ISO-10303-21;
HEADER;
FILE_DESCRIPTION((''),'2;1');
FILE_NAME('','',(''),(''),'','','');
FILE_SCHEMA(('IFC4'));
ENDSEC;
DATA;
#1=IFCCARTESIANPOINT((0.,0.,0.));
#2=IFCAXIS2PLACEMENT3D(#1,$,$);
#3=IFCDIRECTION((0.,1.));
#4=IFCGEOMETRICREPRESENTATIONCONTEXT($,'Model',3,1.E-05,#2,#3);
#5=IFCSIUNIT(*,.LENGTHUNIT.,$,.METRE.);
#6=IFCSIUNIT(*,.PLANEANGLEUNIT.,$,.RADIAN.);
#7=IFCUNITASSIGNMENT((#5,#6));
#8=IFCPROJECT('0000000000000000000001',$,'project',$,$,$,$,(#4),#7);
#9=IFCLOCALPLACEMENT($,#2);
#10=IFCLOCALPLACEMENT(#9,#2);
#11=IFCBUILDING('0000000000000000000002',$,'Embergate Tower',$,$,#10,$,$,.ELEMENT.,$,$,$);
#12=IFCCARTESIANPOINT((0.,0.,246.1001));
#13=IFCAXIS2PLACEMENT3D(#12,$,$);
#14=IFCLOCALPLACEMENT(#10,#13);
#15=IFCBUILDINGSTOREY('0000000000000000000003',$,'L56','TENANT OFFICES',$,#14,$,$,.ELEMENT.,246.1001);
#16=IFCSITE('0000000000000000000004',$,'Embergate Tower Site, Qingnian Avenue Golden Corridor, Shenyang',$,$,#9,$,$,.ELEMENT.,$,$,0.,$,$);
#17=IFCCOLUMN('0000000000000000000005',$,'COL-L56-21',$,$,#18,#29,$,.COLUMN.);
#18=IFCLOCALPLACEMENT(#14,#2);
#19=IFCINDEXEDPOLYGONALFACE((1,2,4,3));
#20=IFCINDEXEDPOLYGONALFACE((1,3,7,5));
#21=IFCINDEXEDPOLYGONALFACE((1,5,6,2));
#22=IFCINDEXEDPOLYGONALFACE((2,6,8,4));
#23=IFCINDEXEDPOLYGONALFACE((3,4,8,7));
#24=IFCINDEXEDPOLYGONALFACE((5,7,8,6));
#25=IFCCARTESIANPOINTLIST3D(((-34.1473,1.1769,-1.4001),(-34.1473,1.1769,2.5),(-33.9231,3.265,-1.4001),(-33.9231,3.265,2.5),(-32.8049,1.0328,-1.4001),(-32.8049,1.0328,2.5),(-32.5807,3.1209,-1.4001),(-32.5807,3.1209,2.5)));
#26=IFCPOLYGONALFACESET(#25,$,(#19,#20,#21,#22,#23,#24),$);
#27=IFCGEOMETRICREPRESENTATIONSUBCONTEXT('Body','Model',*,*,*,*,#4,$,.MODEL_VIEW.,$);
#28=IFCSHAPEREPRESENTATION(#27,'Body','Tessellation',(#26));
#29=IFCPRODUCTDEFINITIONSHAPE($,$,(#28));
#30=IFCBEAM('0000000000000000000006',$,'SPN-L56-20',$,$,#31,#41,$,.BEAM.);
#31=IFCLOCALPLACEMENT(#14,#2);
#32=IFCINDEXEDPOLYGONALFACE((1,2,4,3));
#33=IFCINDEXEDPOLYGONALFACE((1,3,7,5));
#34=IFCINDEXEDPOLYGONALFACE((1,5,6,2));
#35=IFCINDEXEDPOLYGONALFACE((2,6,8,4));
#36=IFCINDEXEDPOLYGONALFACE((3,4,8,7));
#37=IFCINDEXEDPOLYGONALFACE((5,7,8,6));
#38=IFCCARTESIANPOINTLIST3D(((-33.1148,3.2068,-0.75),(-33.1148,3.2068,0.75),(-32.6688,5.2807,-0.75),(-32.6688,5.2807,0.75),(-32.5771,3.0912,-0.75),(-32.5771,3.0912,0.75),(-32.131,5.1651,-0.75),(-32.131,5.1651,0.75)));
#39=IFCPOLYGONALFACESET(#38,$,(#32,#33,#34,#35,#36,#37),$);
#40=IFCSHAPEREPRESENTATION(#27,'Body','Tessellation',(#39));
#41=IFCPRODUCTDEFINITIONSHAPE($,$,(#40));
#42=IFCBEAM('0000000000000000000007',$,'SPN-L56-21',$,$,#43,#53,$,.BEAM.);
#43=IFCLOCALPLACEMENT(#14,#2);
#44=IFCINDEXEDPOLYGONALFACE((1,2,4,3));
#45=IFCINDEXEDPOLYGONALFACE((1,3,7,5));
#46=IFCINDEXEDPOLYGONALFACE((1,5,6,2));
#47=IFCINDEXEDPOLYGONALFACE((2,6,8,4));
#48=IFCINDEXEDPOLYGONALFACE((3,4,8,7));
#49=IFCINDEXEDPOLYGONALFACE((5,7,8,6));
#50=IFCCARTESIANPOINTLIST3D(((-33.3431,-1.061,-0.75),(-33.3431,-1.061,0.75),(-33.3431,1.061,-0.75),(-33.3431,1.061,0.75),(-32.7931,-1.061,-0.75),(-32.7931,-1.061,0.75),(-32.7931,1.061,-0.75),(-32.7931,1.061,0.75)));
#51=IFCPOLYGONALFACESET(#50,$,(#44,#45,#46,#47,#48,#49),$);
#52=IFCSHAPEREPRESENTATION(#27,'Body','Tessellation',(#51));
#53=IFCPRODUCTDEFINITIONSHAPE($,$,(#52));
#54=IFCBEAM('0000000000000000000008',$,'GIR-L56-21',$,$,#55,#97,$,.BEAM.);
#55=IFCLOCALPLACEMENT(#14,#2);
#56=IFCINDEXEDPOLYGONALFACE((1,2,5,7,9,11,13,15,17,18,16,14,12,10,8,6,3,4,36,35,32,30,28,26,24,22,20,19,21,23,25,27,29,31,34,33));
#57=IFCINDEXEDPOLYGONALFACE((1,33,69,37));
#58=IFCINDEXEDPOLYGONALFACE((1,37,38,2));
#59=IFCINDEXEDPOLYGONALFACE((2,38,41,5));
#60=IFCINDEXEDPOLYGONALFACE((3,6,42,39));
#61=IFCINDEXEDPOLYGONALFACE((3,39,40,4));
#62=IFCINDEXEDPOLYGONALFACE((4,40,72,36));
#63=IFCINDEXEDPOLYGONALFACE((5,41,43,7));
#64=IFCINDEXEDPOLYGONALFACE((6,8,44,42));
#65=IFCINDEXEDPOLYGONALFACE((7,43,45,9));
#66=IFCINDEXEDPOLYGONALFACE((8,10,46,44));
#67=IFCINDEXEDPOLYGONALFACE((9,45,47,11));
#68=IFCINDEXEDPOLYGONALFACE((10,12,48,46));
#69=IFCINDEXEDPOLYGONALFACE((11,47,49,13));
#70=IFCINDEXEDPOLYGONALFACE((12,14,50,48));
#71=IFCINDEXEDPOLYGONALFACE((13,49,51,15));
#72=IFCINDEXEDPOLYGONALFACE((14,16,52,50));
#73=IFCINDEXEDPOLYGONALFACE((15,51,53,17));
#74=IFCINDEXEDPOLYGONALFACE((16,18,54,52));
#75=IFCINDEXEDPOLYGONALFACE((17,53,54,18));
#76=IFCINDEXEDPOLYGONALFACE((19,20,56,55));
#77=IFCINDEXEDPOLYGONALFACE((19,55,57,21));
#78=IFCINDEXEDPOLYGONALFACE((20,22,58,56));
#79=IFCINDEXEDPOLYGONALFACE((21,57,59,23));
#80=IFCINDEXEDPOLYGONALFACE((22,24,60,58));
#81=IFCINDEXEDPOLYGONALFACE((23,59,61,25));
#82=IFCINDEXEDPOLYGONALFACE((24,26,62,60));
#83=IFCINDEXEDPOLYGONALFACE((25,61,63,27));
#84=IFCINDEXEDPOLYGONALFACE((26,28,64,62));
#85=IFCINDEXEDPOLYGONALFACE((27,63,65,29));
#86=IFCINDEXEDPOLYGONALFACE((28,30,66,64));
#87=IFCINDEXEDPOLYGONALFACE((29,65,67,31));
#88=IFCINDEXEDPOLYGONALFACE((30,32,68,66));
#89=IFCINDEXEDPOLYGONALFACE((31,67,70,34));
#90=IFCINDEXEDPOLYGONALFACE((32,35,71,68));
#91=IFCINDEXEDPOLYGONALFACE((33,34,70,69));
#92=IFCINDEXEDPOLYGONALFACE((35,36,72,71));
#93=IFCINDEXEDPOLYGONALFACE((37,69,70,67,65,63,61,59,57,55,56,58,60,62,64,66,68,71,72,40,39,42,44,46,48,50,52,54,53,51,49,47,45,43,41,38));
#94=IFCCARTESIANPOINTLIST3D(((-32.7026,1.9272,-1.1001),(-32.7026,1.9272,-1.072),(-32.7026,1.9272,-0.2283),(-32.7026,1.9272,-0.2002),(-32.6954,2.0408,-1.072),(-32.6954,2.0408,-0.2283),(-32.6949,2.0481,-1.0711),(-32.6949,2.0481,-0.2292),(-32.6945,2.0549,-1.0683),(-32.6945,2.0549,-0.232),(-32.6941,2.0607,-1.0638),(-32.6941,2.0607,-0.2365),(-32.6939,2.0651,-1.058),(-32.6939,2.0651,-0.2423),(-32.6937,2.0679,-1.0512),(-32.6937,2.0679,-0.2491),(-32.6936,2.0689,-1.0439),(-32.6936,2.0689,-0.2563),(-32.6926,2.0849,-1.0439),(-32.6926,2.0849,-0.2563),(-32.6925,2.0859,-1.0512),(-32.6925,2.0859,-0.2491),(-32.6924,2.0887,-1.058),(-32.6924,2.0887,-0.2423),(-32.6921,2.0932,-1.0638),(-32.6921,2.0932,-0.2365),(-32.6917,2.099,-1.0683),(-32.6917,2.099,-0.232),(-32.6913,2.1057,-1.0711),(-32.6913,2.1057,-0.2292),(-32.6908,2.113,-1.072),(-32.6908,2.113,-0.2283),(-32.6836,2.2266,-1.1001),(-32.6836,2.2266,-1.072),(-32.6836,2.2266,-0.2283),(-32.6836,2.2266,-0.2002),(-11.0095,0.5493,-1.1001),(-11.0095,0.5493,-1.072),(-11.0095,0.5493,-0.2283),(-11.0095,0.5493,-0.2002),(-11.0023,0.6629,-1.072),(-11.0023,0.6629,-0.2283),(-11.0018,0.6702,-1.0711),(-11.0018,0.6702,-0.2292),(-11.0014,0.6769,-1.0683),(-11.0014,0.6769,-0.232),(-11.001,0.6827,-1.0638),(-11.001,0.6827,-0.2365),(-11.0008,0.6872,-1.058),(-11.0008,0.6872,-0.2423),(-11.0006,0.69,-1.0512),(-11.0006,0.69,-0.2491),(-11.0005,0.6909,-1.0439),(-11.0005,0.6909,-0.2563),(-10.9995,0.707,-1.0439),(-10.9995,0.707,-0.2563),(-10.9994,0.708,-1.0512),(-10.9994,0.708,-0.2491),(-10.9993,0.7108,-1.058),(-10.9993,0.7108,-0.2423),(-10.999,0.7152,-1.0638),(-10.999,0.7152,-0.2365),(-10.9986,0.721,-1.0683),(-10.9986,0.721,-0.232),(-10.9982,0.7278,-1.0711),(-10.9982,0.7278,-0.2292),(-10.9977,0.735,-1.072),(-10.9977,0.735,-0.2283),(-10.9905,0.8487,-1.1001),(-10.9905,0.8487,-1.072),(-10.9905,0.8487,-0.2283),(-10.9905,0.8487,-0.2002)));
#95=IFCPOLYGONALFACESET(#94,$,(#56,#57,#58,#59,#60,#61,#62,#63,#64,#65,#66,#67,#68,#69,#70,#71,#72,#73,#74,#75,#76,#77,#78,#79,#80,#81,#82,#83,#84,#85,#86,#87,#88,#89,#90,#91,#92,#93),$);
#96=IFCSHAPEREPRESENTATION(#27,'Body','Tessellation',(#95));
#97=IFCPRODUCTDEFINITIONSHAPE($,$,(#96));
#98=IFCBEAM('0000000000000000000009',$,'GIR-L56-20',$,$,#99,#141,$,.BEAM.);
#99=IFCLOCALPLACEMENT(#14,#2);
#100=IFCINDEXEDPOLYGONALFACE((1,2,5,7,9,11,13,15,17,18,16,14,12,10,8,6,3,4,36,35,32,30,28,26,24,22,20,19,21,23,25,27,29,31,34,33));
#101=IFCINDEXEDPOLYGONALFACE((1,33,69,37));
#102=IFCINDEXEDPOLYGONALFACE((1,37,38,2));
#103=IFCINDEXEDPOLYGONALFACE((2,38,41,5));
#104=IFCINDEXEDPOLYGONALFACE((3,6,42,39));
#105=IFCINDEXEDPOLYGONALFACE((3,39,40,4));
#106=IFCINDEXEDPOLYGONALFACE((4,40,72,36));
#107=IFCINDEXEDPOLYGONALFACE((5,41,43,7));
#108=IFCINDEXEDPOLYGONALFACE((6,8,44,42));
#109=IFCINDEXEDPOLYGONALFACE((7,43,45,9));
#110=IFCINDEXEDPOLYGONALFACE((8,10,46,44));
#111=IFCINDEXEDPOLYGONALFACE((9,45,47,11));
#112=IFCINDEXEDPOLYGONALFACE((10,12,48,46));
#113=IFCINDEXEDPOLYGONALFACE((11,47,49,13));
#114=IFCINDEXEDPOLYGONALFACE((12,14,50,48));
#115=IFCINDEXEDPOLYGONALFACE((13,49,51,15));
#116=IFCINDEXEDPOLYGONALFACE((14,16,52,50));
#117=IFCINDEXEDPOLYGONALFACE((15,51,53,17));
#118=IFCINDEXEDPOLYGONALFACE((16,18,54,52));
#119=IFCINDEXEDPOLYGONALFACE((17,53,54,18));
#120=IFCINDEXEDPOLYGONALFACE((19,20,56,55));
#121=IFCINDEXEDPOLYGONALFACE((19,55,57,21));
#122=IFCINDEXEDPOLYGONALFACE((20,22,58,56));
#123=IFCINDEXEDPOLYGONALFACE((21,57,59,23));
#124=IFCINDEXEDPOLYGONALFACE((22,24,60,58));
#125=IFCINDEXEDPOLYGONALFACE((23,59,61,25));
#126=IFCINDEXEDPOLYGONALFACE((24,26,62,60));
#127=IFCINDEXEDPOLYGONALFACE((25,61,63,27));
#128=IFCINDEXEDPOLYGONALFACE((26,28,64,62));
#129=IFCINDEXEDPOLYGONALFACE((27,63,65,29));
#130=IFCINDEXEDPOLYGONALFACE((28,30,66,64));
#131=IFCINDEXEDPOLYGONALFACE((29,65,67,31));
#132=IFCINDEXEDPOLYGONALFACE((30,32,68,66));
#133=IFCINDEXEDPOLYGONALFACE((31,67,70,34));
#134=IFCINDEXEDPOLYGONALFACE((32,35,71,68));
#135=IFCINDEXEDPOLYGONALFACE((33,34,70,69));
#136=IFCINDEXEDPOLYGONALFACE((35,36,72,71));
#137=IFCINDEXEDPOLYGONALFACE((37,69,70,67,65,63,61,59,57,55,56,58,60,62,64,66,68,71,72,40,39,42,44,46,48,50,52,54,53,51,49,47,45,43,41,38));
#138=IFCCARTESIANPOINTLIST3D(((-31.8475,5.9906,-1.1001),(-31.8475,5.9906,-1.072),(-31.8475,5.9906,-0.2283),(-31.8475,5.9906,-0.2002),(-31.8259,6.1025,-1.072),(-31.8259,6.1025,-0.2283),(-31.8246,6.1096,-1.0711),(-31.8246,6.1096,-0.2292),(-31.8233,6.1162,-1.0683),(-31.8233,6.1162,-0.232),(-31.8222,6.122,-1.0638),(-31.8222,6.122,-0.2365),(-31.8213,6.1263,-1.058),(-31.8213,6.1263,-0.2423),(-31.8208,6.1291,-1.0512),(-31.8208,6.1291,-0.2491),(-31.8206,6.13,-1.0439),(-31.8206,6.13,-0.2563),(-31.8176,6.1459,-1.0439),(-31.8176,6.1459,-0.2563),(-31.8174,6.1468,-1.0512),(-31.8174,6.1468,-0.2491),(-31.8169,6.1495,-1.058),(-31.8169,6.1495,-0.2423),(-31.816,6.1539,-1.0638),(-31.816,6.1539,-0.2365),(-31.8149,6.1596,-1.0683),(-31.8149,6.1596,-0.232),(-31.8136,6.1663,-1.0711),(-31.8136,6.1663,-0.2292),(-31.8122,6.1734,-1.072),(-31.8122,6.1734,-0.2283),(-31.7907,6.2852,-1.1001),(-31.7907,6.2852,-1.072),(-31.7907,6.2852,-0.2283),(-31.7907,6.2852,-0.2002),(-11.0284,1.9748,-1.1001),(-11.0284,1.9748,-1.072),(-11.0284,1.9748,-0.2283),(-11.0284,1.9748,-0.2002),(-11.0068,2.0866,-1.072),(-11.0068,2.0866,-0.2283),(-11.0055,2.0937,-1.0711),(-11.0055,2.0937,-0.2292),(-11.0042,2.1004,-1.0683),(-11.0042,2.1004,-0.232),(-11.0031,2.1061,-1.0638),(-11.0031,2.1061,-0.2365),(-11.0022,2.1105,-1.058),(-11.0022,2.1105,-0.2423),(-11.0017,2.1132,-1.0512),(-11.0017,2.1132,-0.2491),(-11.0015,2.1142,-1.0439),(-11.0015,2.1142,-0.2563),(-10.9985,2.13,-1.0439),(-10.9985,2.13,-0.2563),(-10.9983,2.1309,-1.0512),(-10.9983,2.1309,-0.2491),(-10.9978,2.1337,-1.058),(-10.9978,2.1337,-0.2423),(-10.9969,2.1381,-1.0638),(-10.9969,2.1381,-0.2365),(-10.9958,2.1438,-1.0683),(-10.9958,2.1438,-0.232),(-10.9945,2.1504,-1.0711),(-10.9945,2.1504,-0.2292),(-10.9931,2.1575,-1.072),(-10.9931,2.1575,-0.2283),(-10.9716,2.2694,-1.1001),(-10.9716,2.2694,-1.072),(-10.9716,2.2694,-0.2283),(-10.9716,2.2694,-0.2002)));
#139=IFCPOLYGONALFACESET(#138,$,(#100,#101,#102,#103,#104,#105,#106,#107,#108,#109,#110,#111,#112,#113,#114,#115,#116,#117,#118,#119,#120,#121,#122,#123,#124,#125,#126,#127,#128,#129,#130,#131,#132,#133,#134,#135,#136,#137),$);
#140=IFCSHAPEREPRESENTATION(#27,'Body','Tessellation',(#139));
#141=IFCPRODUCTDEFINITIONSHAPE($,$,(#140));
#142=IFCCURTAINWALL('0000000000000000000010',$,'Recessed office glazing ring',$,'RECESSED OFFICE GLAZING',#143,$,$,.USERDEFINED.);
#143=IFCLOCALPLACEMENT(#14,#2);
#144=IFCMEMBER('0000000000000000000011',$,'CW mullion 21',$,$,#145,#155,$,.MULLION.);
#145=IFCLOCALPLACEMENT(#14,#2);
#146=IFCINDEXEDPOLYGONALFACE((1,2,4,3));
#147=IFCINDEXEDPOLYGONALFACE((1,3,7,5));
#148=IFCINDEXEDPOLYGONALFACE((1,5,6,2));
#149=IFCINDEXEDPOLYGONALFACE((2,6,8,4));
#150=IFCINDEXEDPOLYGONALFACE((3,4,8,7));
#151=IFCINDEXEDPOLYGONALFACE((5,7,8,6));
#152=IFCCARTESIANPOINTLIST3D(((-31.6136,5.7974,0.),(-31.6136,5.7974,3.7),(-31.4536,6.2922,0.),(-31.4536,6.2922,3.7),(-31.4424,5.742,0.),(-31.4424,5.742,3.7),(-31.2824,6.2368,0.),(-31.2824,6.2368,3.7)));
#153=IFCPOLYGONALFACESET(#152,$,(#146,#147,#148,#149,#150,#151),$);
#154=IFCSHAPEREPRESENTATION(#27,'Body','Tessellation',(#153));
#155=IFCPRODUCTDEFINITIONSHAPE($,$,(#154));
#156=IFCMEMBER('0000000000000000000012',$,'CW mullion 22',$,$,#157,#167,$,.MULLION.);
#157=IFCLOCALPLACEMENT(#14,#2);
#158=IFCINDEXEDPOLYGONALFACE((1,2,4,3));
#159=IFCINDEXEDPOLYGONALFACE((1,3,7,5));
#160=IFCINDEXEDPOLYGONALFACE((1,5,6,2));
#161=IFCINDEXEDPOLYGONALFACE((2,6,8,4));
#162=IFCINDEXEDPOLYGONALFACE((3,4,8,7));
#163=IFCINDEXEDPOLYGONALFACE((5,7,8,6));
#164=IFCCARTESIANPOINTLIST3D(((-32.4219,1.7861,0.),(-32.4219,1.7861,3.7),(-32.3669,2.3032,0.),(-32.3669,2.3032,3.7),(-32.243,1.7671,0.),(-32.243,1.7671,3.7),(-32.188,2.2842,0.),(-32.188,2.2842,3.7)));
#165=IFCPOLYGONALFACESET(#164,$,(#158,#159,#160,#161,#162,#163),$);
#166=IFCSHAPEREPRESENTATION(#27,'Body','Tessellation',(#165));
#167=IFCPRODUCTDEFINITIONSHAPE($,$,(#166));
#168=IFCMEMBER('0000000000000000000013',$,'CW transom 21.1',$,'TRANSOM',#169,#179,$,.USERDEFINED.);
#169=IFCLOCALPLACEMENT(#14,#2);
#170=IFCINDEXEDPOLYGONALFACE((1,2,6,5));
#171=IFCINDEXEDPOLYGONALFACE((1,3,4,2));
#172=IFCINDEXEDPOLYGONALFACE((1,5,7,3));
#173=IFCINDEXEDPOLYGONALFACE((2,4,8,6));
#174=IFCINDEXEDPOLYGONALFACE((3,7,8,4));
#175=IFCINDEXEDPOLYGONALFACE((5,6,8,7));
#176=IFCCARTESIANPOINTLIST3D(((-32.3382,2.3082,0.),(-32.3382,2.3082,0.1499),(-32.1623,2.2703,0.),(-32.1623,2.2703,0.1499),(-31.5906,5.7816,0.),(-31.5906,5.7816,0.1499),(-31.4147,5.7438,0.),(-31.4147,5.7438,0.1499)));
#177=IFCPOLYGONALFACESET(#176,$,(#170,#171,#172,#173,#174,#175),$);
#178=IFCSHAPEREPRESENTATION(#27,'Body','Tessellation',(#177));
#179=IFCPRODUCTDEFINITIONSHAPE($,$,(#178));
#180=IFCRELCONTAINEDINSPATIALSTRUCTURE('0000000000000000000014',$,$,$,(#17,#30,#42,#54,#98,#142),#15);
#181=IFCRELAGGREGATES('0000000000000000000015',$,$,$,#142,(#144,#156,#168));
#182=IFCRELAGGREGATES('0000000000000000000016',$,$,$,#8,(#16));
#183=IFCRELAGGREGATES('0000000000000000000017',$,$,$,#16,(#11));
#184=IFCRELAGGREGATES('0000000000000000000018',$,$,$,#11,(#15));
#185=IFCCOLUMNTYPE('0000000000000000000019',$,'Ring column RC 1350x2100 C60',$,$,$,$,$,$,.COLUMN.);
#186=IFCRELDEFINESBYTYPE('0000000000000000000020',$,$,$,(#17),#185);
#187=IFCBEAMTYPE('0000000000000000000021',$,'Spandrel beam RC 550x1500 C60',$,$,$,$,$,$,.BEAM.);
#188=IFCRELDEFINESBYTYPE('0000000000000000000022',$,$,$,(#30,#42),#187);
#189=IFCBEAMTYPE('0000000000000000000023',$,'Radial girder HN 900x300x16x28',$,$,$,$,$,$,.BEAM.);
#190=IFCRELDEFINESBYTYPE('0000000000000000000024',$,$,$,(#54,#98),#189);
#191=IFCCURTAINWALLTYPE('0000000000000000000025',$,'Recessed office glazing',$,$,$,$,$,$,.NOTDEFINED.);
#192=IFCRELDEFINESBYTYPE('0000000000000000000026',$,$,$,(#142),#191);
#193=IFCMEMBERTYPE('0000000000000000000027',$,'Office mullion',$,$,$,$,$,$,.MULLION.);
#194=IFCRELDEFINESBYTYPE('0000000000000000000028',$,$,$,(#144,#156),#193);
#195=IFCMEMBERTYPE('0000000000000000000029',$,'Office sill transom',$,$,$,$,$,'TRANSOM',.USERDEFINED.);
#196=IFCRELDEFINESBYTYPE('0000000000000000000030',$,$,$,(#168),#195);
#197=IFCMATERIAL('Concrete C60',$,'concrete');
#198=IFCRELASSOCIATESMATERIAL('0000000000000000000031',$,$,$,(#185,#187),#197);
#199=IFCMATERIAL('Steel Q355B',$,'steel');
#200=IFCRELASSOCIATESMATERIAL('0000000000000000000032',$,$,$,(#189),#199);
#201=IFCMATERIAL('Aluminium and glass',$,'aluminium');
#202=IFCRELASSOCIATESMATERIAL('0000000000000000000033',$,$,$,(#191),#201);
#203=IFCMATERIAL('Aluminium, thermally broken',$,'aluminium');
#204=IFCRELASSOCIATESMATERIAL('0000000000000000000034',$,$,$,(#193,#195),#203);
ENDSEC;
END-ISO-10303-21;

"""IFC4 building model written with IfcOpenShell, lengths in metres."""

from ifc_helpers import new_model, si_unit, direction, frame, origin, origin_2d, place, context, subcontext, project, spatial, rectangle, i_section, extrude, source, transform, mapped, material, material_profile, profile_set, type_object, element, aggregate, save


model = new_model("IFC4")

# Units and contexts
model_context = context("Model", 3, precision=1e-05, world=origin(), true_north=direction((0.0, 1.0)))
body_context = subcontext(model_context, "Body", "Model", "MODEL_VIEW")
ifc_project = project(units=[si_unit("LENGTHUNIT", "METRE"), si_unit("PLANEANGLEUNIT", "RADIAN")], contexts=[model_context])

# Site, building, storey
site_placement = place(None, origin())
site = spatial("IfcSite", under=ifc_project, at=site_placement, Name="Embergate Tower Site, Qingnian Avenue Golden Corridor, Shenyang", CompositionType="ELEMENT", RefElevation=0.0)
building_placement = place(site_placement, origin())
building = spatial("IfcBuilding", under=site, at=building_placement, Name="Embergate Tower", CompositionType="ELEMENT")
storey_placement = place(building_placement, frame((0.0, 0.0, 246.1001)))
storey = spatial("IfcBuildingStorey", under=building, at=storey_placement, Name="L56", Description="TENANT OFFICES", CompositionType="ELEMENT", Elevation=246.1001)

# Column
ifc_material_1 = material(Name="Concrete C60", Category="concrete")
ifc_material_profile_1 = material_profile(ifc_material_1, rectangle(XDim=1.3501, YDim=2.1001, at=origin_2d()), Name="RC 1350x2100")
ifc_profile_set_1 = profile_set([ifc_material_profile_1], Name="Concrete C60")
column_type = type_object("IfcColumnType", Name="Ring column RC 1350x2100 C60", PredefinedType="COLUMN", material=ifc_profile_set_1)
shared_shape_1 = source(origin(), body_context, "Body", "SweptSolid", [
    extrude(rectangle(XDim=1.3501, YDim=2.1001, at=origin_2d()), origin(), (0.0, 0.0, 1.0), 3.9001),
])
column_placement = place(storey_placement, frame((-33.364, 2.1489, -1.4001), z_axis=(0.0, 0.0, 1.0), x_axis=(-0.994286, 0.10675, 0.0)))
element("IfcColumn", 1, at=column_placement, inside=storey, type_object=column_type, Name="COL-L56-21", PredefinedType="COLUMN", context=body_context, shape_type="MappedRepresentation", body=[
    mapped(shared_shape_1, transform((0.0, 0.0, 0.0))),
])

# Beams
ifc_material_profile_2 = material_profile(ifc_material_1, rectangle(XDim=0.55, YDim=1.5, at=origin_2d()), Name="RC 550x1500")
ifc_profile_set_2 = profile_set([ifc_material_profile_2], Name="Concrete C60")
beam_type_1 = type_object("IfcBeamType", Name="Spandrel beam RC 550x1500 C60", PredefinedType="BEAM", material=ifc_profile_set_2)
shared_shape_2 = source(origin(), body_context, "Body", "SweptSolid", [
    extrude(rectangle(XDim=0.55, YDim=1.5, at=origin_2d()), origin(), (0.0, 0.0, 1.0), 2.1213),
])
beam_1_placement = place(storey_placement, frame((-32.3999, 5.2229, 0.0), z_axis=(-0.21026, -0.977646, 0.0), x_axis=(0.977646, -0.21026, 0.0)))
element("IfcBeam", 2, at=beam_1_placement, inside=storey, type_object=beam_type_1, Name="SPN-L56-20", PredefinedType="BEAM", context=body_context, shape_type="MappedRepresentation", body=[
    mapped(shared_shape_2, transform((0.0, 0.0, 0.0))),
])
shared_shape_3 = source(origin(), body_context, "Body", "SweptSolid", [
    extrude(rectangle(XDim=0.55, YDim=1.5, at=origin_2d()), origin(), (0.0, 0.0, 1.0), 2.1221),
])
beam_2_placement = place(storey_placement, frame((-33.0681, 1.061, 0.0), z_axis=(0.0, -1.0, 0.0), x_axis=(1.0, 0.0, 0.0)))
element("IfcBeam", 3, at=beam_2_placement, inside=storey, type_object=beam_type_1, Name="SPN-L56-21", PredefinedType="BEAM", context=body_context, shape_type="MappedRepresentation", body=[
    mapped(shared_shape_3, transform((0.0, 0.0, 0.0))),
])
ifc_material_2 = material(Name="Steel Q355B", Category="steel")
ifc_material_profile_3 = material_profile(ifc_material_2, i_section(OverallWidth=0.3, OverallDepth=0.8999, WebThickness=0.0161, FlangeThickness=0.0281, FilletRadius=0.0281, at=origin_2d()), Name="HN 900x300x16x28")
ifc_profile_set_3 = profile_set([ifc_material_profile_3], Name="Steel Q355 grade B")
beam_type_2 = type_object("IfcBeamType", Name="Radial girder HN 900x300x16x28", PredefinedType="BEAM", material=ifc_profile_set_3)
shared_shape_4 = source(origin(), body_context, "Body", "SweptSolid", [
    extrude(i_section(OverallWidth=0.3, OverallDepth=0.8999, WebThickness=0.0161, FlangeThickness=0.0281, FilletRadius=0.0281, at=origin_2d()), origin(), (0.0, 0.0, 1.0), 21.7368),
])
beam_3_placement = place(storey_placement, frame((-32.6931, 2.0769, -0.6501), z_axis=(0.997989, -0.063391, 0.0), x_axis=(0.063391, 0.997989, 0.0)))
element("IfcBeam", 4, at=beam_3_placement, inside=storey, type_object=beam_type_2, Name="GIR-L56-21", PredefinedType="BEAM", context=body_context, shape_type="MappedRepresentation", body=[
    mapped(shared_shape_4, transform((0.0, 0.0, 0.0))),
])
shared_shape_5 = source(origin(), body_context, "Body", "SweptSolid", [
    extrude(i_section(OverallWidth=0.3, OverallDepth=0.8999, WebThickness=0.0161, FlangeThickness=0.0281, FilletRadius=0.0281, at=origin_2d()), origin(), (0.0, 0.0, 1.0), 21.2029),
])
beam_4_placement = place(storey_placement, frame((-31.8191, 6.1379, -0.6501), z_axis=(0.9819, -0.189402, 0.0), x_axis=(0.189402, 0.9819, 0.0)))
element("IfcBeam", 5, at=beam_4_placement, inside=storey, type_object=beam_type_2, Name="GIR-L56-20", PredefinedType="BEAM", context=body_context, shape_type="MappedRepresentation", body=[
    mapped(shared_shape_5, transform((0.0, 0.0, 0.0))),
])

# Curtain wall, members
ifc_material_3 = material(Name="Aluminium and glass", Category="aluminium")
curtain_wall_type = type_object("IfcCurtainWallType", Name="Recessed office glazing", PredefinedType="NOTDEFINED", material=ifc_material_3)
curtain_wall_placement = place(storey_placement, origin())
curtain_wall = element("IfcCurtainWall", 6, at=curtain_wall_placement, inside=storey, type_object=curtain_wall_type, Name="Recessed office glazing ring", ObjectType="RECESSED OFFICE GLAZING", PredefinedType="USERDEFINED")
ifc_material_4 = material(Name="Aluminium, thermally broken", Category="aluminium")
ifc_material_profile_4 = material_profile(ifc_material_4, rectangle(XDim=0.1799, YDim=0.52, at=origin_2d()), Name="AL 520x180")
ifc_profile_set_4 = profile_set([ifc_material_profile_4], Name="Aluminium, thermally broken")
member_type_1 = type_object("IfcMemberType", Name="Office mullion", PredefinedType="MULLION", material=ifc_profile_set_4)
shared_shape_6 = source(origin(), body_context, "Body", "SweptSolid", [
    extrude(rectangle(XDim=0.1799, YDim=0.52, at=origin_2d()), origin(), (0.0, 0.0, 1.0), 3.7),
])
member_1_placement = place(storey_placement, frame((-31.448, 6.0171, 0.0), z_axis=(0.0, 0.0, 1.0), x_axis=(0.951496, -0.307662, 0.0)))
member_1 = element("IfcMember", 7, at=member_1_placement, type_object=member_type_1, Name="CW mullion 21", PredefinedType="MULLION", context=body_context, shape_type="MappedRepresentation", body=[
    mapped(shared_shape_6, transform((0.0, 0.0, 0.0))),
])
member_2_placement = place(storey_placement, frame((-32.3049, 2.0352, 0.0), z_axis=(0.0, 0.0, 1.0), x_axis=(0.994385, -0.105827, 0.0)))
member_2 = element("IfcMember", 8, at=member_2_placement, type_object=member_type_1, Name="CW mullion 22", PredefinedType="MULLION", context=body_context, shape_type="MappedRepresentation", body=[
    mapped(shared_shape_6, transform((0.0, 0.0, 0.0))),
])
ifc_material_profile_5 = material_profile(ifc_material_4, rectangle(XDim=0.1799, YDim=0.1499, at=origin_2d()), Name="AL 150x180")
ifc_profile_set_5 = profile_set([ifc_material_profile_5], Name="Aluminium, thermally broken")
member_type_2 = type_object("IfcMemberType", Name="Office sill transom", ElementType="TRANSOM", PredefinedType="USERDEFINED", material=ifc_profile_set_5)
shared_shape_7 = source(origin(), body_context, "Body", "SweptSolid", [
    extrude(rectangle(XDim=0.1799, YDim=0.1499, at=origin_2d()), origin(), (0.0, 0.0, 1.0), 3.553),
])
member_3_placement = place(storey_placement, frame((-31.5027, 5.7627, 0.075), z_axis=(-0.210407, -0.977614, 0.0), x_axis=(0.977614, -0.210407, 0.0)))
member_3 = element("IfcMember", 9, at=member_3_placement, type_object=member_type_2, Name="CW transom 21.1", ObjectType="TRANSOM", PredefinedType="USERDEFINED", context=body_context, shape_type="MappedRepresentation", body=[
    mapped(shared_shape_7, transform((0.0, 0.0, 0.0))),
])
aggregate(curtain_wall, [member_1, member_2, member_3])

save(model, "model.ifc")
